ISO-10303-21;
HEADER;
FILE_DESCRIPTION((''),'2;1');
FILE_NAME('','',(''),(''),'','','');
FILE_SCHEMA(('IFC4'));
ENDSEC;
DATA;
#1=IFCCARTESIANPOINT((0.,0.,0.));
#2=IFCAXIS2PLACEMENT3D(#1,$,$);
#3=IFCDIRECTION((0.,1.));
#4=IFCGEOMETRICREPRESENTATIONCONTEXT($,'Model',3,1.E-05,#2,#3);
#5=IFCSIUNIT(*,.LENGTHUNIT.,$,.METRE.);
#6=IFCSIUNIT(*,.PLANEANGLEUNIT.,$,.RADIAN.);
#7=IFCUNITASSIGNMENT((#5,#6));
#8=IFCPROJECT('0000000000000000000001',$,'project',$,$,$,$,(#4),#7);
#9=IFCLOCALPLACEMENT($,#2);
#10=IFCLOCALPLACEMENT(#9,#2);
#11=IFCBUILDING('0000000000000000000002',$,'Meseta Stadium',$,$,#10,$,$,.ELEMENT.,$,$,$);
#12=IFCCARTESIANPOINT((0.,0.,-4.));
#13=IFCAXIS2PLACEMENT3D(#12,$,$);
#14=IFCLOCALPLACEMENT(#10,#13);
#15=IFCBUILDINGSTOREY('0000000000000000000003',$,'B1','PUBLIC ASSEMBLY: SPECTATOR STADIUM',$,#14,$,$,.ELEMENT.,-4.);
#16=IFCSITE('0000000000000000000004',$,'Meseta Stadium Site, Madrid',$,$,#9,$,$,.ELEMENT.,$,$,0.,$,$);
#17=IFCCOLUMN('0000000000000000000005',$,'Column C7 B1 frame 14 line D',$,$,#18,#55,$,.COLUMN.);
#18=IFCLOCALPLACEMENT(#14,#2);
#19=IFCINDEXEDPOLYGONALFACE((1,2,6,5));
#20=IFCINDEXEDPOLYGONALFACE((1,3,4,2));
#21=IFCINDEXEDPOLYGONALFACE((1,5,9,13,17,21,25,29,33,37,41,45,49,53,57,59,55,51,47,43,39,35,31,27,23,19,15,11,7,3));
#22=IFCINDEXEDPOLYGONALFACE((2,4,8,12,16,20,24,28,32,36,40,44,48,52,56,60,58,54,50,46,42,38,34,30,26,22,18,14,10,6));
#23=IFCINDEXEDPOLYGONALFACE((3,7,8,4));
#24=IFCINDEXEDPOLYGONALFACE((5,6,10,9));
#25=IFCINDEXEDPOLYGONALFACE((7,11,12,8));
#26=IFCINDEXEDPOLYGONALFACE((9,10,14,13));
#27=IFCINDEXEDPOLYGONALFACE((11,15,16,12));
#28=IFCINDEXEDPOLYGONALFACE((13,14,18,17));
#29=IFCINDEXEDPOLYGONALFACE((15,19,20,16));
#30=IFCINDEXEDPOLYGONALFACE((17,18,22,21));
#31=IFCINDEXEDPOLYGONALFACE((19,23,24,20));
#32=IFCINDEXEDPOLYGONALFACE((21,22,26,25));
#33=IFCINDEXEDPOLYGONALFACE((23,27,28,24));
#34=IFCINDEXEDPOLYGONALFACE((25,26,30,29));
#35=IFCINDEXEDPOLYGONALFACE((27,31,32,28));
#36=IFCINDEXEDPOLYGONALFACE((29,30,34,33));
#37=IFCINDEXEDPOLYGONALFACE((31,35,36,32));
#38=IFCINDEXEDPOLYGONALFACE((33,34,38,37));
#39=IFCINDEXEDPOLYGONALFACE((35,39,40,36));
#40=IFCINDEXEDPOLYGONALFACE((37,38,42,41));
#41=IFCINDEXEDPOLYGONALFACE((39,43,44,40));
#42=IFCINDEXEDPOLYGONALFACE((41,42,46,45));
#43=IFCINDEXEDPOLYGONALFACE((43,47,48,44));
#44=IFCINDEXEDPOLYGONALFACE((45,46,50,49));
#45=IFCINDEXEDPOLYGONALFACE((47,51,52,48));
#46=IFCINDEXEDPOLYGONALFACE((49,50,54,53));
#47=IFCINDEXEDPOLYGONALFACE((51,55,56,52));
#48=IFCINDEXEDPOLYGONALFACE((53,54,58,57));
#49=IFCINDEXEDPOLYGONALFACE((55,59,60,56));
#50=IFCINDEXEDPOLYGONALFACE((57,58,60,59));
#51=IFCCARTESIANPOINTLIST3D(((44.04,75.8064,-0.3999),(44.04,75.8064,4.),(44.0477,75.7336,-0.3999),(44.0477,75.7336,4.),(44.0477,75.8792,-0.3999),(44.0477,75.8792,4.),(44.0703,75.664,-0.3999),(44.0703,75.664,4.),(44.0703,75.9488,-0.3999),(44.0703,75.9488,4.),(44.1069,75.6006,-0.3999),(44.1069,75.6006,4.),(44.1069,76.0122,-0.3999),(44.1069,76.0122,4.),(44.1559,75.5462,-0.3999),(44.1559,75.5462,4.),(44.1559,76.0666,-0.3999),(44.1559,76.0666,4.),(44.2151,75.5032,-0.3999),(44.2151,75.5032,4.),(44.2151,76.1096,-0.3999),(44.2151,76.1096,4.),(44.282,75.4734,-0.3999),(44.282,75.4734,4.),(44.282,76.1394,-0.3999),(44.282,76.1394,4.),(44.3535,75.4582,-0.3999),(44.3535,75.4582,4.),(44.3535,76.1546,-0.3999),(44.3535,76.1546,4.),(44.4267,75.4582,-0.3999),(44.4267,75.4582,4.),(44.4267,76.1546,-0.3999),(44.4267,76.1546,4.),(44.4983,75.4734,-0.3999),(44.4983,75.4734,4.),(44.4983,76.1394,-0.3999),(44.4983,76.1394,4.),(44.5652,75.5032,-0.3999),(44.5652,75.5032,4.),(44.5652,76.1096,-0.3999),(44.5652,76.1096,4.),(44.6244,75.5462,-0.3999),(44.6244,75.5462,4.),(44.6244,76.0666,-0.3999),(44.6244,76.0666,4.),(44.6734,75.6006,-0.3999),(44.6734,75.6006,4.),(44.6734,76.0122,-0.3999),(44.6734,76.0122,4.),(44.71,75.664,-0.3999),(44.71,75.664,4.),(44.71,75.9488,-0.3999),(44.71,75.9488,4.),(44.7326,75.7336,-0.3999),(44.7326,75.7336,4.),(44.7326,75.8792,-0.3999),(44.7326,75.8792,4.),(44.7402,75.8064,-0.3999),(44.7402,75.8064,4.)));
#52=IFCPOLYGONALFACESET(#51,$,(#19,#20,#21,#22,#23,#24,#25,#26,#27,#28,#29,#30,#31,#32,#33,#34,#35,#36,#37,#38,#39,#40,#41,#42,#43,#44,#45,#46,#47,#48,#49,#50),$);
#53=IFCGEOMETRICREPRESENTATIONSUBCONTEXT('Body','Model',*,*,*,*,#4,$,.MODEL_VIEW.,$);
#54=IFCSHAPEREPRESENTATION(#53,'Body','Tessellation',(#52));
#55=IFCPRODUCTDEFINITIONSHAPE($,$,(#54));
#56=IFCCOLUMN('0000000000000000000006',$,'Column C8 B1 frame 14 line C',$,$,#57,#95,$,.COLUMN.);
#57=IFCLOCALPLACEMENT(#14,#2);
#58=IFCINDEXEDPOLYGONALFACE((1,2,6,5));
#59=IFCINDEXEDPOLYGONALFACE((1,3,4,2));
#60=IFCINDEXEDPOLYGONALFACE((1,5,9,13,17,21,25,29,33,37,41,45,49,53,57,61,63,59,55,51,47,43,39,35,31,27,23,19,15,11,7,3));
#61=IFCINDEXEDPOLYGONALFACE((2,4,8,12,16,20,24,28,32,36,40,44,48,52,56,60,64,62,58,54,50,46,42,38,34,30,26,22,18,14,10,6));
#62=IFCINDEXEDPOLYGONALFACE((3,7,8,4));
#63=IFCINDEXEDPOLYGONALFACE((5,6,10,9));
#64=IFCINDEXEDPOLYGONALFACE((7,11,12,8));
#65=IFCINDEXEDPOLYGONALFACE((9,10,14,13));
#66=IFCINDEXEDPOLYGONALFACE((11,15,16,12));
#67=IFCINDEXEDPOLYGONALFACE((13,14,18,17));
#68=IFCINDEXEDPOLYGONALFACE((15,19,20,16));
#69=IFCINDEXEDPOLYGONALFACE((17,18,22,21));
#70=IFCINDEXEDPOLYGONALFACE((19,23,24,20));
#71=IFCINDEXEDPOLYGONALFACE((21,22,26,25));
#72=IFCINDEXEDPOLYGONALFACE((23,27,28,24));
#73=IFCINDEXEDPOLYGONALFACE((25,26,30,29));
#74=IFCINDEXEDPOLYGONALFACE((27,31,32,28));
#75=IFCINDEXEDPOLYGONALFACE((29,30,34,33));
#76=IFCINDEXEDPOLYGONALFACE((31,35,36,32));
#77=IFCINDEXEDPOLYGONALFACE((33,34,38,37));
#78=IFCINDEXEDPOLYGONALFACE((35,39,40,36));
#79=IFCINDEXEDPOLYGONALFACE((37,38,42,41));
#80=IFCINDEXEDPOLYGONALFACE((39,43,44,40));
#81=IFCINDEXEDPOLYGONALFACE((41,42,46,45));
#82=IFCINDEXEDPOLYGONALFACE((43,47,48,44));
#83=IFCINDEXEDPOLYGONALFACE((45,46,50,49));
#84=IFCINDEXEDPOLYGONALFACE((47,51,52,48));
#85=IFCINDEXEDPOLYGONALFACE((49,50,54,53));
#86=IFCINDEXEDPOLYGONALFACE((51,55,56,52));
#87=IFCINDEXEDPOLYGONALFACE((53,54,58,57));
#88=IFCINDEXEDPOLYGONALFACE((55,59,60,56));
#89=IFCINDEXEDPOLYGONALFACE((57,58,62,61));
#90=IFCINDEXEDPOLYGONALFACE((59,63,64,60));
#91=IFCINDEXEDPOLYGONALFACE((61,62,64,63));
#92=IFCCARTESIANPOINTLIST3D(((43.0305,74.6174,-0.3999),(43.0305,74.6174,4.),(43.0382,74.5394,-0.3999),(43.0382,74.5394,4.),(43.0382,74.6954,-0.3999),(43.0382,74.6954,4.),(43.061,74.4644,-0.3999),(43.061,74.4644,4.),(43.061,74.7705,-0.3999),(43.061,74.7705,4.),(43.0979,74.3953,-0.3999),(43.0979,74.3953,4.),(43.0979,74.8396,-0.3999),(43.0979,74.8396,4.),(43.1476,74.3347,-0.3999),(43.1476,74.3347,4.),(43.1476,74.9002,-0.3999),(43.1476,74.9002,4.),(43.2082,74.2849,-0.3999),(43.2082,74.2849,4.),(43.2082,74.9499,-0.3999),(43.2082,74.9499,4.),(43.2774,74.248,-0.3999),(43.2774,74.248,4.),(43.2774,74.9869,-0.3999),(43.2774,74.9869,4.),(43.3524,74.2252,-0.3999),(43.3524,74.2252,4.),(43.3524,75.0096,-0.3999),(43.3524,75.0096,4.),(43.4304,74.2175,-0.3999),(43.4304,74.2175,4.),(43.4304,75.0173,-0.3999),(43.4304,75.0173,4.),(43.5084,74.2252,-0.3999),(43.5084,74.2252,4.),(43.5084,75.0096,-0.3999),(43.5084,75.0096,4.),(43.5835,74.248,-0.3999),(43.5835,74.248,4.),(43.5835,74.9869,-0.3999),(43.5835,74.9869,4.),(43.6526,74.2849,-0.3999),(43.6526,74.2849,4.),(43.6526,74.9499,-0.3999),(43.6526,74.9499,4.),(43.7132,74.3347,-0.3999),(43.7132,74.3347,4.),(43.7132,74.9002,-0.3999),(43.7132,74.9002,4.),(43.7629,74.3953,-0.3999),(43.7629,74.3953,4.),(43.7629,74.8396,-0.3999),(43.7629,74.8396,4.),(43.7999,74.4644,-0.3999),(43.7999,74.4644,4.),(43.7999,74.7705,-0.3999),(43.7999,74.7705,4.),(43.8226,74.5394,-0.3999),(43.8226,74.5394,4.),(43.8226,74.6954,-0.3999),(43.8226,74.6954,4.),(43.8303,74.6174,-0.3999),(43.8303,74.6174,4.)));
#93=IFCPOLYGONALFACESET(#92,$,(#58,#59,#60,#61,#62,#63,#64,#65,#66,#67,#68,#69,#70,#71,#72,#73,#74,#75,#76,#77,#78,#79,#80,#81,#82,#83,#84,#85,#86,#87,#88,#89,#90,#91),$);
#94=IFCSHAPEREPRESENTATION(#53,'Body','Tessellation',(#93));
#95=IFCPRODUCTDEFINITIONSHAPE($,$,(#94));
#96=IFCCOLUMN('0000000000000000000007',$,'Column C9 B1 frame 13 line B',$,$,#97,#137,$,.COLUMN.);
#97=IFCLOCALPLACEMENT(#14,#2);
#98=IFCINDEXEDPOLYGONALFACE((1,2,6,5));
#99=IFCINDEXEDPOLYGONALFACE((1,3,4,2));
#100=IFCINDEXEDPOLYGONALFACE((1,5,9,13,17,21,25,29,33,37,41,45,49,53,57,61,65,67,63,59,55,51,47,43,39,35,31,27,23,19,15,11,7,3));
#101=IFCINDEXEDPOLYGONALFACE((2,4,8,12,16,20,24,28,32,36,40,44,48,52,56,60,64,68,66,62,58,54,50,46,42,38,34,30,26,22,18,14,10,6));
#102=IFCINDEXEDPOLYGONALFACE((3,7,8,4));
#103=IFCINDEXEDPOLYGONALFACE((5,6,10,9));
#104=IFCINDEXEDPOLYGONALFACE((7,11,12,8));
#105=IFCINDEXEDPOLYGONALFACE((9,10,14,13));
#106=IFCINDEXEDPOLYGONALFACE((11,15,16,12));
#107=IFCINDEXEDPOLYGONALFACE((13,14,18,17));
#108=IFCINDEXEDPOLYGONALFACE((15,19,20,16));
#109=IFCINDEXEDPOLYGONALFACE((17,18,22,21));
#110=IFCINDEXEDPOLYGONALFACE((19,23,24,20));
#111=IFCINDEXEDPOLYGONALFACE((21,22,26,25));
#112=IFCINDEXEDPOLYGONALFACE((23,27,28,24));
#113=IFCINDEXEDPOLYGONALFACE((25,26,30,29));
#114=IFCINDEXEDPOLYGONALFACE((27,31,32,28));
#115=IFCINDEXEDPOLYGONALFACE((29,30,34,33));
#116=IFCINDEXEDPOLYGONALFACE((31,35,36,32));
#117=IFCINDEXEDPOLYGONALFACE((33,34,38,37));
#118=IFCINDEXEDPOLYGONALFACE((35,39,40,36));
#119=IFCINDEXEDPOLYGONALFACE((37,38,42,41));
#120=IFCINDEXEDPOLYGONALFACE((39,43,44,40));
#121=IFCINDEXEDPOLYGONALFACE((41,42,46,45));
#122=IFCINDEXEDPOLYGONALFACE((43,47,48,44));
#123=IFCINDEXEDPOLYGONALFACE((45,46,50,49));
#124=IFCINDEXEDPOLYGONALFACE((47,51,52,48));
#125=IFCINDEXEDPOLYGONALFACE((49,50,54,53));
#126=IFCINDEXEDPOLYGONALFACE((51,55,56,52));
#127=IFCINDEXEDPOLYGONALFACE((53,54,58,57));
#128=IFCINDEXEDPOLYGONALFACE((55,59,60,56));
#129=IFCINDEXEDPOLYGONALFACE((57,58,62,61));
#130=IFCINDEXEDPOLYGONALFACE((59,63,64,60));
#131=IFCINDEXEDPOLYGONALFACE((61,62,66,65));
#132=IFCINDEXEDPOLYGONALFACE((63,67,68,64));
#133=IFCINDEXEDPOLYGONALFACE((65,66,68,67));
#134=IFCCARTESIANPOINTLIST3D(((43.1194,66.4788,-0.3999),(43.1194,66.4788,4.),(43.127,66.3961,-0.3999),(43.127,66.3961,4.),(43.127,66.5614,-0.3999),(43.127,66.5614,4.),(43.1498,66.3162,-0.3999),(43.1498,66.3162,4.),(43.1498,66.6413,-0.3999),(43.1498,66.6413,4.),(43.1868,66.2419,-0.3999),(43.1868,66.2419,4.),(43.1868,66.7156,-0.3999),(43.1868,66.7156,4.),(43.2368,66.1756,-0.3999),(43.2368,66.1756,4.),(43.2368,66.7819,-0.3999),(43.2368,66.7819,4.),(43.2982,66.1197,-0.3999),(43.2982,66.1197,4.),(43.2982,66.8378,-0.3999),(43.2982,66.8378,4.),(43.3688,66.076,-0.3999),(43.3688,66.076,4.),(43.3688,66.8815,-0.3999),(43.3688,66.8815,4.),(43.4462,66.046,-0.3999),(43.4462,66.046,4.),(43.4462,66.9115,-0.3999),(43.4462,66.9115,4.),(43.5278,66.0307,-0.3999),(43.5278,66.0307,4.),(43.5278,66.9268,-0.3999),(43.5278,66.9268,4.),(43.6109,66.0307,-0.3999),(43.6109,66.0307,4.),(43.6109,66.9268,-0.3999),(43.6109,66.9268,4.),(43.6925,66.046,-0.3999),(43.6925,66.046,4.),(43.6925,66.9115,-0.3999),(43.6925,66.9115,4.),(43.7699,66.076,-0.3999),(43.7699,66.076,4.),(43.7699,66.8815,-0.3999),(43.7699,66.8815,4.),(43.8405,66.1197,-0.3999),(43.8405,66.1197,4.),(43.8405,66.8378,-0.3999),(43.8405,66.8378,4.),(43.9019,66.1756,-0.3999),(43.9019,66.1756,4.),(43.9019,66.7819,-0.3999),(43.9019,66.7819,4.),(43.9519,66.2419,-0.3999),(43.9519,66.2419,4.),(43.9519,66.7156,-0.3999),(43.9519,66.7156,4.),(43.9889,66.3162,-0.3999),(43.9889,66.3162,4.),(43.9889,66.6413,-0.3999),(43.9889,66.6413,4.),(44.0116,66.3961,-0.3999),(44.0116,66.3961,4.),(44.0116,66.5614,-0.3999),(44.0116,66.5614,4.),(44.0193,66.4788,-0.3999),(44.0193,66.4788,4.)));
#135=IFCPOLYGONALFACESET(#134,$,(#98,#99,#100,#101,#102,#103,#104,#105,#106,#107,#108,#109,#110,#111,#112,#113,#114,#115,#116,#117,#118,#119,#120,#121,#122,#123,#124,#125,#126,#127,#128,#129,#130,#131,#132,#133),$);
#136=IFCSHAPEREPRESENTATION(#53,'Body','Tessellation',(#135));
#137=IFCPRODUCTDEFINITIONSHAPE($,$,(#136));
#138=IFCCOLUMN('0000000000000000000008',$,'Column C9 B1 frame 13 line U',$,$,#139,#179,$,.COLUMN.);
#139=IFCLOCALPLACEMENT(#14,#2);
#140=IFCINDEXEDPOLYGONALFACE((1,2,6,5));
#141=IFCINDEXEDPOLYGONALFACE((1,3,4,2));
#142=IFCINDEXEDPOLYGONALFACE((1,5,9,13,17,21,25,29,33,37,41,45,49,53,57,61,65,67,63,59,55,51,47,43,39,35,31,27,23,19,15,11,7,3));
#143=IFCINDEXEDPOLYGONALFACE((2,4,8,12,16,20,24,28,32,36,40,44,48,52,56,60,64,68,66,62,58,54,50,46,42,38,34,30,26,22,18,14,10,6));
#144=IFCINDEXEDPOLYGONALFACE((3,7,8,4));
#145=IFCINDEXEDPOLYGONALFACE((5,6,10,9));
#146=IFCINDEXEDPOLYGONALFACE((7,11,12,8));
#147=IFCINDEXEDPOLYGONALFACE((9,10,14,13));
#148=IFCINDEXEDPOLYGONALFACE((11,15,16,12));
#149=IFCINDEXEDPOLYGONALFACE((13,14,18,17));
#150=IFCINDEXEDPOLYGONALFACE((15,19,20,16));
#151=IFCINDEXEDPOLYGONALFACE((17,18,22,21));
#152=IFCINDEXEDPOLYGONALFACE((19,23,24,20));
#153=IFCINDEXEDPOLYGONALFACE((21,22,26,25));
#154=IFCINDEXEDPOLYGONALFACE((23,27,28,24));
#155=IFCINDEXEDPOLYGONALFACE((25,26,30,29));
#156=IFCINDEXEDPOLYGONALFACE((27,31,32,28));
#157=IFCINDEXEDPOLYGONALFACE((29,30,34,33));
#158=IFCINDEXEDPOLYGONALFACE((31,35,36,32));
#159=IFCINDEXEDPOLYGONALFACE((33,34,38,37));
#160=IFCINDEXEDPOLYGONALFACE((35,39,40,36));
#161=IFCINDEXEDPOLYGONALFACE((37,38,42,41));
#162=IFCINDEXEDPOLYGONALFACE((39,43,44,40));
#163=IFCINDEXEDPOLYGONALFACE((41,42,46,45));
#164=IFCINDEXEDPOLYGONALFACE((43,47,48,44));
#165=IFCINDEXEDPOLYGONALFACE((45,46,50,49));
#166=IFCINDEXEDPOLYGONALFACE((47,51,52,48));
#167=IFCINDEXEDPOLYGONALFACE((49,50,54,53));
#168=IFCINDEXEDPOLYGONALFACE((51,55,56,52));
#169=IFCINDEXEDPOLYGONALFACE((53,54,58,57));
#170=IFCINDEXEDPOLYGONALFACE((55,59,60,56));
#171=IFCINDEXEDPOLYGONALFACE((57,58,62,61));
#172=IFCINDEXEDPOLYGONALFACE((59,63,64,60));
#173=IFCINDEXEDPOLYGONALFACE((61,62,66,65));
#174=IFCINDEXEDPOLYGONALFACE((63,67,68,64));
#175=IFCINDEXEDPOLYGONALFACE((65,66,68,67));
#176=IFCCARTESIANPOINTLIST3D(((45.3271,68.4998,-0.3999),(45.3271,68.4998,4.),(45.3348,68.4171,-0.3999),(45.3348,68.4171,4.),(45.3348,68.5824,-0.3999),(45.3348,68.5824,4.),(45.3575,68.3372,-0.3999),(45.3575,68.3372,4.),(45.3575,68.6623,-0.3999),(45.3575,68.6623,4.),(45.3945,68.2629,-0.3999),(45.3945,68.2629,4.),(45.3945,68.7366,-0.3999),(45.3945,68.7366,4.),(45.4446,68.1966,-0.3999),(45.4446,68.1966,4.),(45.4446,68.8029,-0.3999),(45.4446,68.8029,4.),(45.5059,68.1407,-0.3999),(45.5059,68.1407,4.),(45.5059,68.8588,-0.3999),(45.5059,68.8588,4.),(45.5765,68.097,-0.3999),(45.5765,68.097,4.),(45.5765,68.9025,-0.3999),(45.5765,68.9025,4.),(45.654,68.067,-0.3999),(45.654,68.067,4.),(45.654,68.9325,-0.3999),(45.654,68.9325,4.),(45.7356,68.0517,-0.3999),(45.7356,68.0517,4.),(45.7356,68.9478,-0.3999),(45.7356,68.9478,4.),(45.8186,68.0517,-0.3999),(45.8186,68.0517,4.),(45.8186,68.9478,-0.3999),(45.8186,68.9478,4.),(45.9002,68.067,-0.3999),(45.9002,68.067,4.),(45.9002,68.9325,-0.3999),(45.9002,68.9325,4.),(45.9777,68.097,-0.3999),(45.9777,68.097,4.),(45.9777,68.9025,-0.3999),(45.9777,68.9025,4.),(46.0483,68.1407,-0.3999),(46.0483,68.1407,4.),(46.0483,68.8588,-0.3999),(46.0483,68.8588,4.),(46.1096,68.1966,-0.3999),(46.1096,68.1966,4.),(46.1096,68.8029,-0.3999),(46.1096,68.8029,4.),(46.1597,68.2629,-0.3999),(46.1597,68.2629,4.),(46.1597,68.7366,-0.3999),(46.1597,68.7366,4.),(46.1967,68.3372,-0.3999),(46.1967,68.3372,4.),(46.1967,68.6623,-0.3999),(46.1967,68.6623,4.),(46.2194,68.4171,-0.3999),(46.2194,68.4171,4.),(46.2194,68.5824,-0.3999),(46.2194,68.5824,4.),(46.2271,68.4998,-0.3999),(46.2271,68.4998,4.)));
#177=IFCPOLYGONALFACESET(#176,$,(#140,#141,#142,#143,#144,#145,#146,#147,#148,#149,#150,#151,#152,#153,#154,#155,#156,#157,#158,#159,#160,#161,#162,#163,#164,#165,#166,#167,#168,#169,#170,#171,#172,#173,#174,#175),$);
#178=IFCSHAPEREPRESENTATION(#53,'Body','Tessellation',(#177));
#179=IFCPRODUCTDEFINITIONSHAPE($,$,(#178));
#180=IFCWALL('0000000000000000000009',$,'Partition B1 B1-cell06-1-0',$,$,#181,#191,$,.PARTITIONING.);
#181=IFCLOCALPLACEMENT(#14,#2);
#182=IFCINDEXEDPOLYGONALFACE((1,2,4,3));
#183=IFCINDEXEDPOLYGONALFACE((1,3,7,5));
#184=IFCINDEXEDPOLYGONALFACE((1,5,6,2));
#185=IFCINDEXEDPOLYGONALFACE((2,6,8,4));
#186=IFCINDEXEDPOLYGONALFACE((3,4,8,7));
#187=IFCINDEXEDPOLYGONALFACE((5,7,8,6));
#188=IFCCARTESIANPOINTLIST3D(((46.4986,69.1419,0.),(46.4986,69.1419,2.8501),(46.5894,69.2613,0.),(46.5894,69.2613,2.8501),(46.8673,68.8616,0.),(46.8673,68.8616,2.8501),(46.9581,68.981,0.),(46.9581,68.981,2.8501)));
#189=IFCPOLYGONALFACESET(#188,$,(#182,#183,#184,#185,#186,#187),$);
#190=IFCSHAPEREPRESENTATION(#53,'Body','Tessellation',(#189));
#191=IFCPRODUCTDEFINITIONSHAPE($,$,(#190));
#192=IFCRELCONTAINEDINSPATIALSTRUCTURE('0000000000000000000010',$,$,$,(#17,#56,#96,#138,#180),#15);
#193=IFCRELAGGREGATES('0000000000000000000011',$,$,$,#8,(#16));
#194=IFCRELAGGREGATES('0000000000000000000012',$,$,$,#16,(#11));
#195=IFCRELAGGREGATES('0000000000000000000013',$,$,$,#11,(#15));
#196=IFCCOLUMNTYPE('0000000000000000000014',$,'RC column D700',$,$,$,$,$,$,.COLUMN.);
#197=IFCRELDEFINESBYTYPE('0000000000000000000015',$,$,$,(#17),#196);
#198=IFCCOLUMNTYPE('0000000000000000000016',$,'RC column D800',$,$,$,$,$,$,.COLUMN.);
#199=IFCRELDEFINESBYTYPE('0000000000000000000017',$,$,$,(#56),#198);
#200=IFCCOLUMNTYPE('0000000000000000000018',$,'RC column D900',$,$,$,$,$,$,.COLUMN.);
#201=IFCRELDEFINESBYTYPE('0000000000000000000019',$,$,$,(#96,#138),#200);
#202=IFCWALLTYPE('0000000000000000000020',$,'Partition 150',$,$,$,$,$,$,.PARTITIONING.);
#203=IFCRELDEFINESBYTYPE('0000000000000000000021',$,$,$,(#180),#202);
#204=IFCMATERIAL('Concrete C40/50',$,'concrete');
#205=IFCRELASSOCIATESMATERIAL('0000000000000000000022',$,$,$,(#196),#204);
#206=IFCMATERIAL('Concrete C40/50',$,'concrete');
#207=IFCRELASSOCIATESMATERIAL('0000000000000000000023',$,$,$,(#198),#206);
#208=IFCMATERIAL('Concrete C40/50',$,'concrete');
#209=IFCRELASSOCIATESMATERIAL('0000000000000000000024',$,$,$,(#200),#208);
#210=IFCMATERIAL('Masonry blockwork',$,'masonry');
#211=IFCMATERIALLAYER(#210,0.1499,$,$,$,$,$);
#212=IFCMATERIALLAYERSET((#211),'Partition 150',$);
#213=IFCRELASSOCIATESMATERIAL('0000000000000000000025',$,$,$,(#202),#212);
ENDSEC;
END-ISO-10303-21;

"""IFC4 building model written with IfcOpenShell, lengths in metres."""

from ifc_helpers import new_model, si_unit, direction, frame, frame_2d, origin, origin_2d, place, context, subcontext, project, spatial, rectangle, circle, extrude, material, layer, layer_set, material_profile, profile_set, type_object, element, save


model = new_model("IFC4")

# Units and contexts
model_context = context("Model", 3, precision=1e-05, world=origin(), true_north=direction((0.0, 1.0)))
body_context = subcontext(model_context, "Body", "Model", "MODEL_VIEW")
ifc_project = project(units=[si_unit("LENGTHUNIT", "METRE"), si_unit("PLANEANGLEUNIT", "RADIAN")], contexts=[model_context])

# Site, building, storey
site_placement = place(None, origin())
site = spatial("IfcSite", under=ifc_project, at=site_placement, Name="Meseta Stadium Site, Madrid", CompositionType="ELEMENT", RefElevation=0.0)
building_placement = place(site_placement, origin())
building = spatial("IfcBuilding", under=site, at=building_placement, Name="Meseta Stadium", CompositionType="ELEMENT")
storey_placement = place(building_placement, frame((0.0, 0.0, -4.0)))
storey = spatial("IfcBuildingStorey", under=building, at=storey_placement, Name="B1", Description="PUBLIC ASSEMBLY: SPECTATOR STADIUM", CompositionType="ELEMENT", Elevation=-4.0)

# Columns
ifc_material_1 = material(Name="Concrete C40/50", Category="concrete")
ifc_material_profile_1 = material_profile(ifc_material_1, circle(Radius=0.3501, at=origin_2d()), Name="RC D700")
ifc_profile_set_1 = profile_set([ifc_material_profile_1], Name="Concrete C40/50")
column_type_1 = type_object("IfcColumnType", Name="RC column D700", PredefinedType="COLUMN", material=ifc_profile_set_1)
column_1_placement = place(storey_placement, frame((44.3901, 75.8064, -0.3999), z_axis=(0.0, 0.0, 1.0), x_axis=(1.0, 0.0, 0.0)))
element("IfcColumn", 1, at=column_1_placement, inside=storey, type_object=column_type_1, Name="Column C7 B1 frame 14 line D", PredefinedType="COLUMN", context=body_context, shape_type="SweptSolid", body=[
    extrude(circle(Radius=0.3501, at=origin_2d()), origin(), (0.0, 0.0, 1.0), 4.3999),
])
ifc_material_2 = material(Name="Concrete C40/50", Category="concrete")
ifc_material_profile_2 = material_profile(ifc_material_2, circle(Radius=0.3999, at=origin_2d()), Name="RC D800")
ifc_profile_set_2 = profile_set([ifc_material_profile_2], Name="Concrete C40/50")
column_type_2 = type_object("IfcColumnType", Name="RC column D800", PredefinedType="COLUMN", material=ifc_profile_set_2)
column_2_placement = place(storey_placement, frame((43.4304, 74.6174, -0.3999), z_axis=(0.0, 0.0, 1.0), x_axis=(1.0, 0.0, 0.0)))
element("IfcColumn", 2, at=column_2_placement, inside=storey, type_object=column_type_2, Name="Column C8 B1 frame 14 line C", PredefinedType="COLUMN", context=body_context, shape_type="SweptSolid", body=[
    extrude(circle(Radius=0.3999, at=origin_2d()), origin(), (0.0, 0.0, 1.0), 4.3999),
])
ifc_material_3 = material(Name="Concrete C40/50", Category="concrete")
ifc_material_profile_3 = material_profile(ifc_material_3, circle(Radius=0.45, at=origin_2d()), Name="RC D900")
ifc_profile_set_3 = profile_set([ifc_material_profile_3], Name="Concrete C40/50")
column_type_3 = type_object("IfcColumnType", Name="RC column D900", PredefinedType="COLUMN", material=ifc_profile_set_3)
for number, where, z_axis, x_axis, name in (
    (3, (43.5693, 66.4788, -0.3999), (0.0, 0.0, 1.0), (1.0, 0.0, 0.0), "Column C9 B1 frame 13 line B"),
    (4, (45.7771, 68.4998, -0.3999), (0.0, 0.0, 1.0), (1.0, 0.0, 0.0), "Column C9 B1 frame 13 line U"),
):
    element("IfcColumn", number, at=place(storey_placement, frame(where, z_axis=z_axis, x_axis=x_axis)), inside=storey, type_object=column_type_3, Name=name, PredefinedType="COLUMN", context=body_context, shape_type="SweptSolid", body=[
        extrude(circle(Radius=0.45, at=origin_2d()), origin(), (0.0, 0.0, 1.0), 4.3999),
    ])

# Wall
ifc_material_4 = material(Name="Masonry blockwork", Category="masonry")
ifc_layer = layer(ifc_material_4, 0.1499)
ifc_layer_set = layer_set([ifc_layer], Name="Partition 150")
wall_type = type_object("IfcWallType", Name="Partition 150", PredefinedType="PARTITIONING", material=ifc_layer_set)
wall_1_placement = place(storey_placement, frame((46.9126, 68.9214, 0.0), z_axis=(0.0, 0.0, 1.0), x_axis=(-0.796061, 0.605217, 0.0)))
element("IfcWall", 5, at=wall_1_placement, inside=storey, type_object=wall_type, Name="Partition B1 B1-cell06-1-0", PredefinedType="PARTITIONING", context=body_context, shape_type="SweptSolid", body=[
    extrude(rectangle(XDim=0.4631, YDim=0.1499, at=frame_2d((0.2314, 0.0))), origin(), (0.0, 0.0, 1.0), 2.8501),
])

save(model, "model.ifc")
